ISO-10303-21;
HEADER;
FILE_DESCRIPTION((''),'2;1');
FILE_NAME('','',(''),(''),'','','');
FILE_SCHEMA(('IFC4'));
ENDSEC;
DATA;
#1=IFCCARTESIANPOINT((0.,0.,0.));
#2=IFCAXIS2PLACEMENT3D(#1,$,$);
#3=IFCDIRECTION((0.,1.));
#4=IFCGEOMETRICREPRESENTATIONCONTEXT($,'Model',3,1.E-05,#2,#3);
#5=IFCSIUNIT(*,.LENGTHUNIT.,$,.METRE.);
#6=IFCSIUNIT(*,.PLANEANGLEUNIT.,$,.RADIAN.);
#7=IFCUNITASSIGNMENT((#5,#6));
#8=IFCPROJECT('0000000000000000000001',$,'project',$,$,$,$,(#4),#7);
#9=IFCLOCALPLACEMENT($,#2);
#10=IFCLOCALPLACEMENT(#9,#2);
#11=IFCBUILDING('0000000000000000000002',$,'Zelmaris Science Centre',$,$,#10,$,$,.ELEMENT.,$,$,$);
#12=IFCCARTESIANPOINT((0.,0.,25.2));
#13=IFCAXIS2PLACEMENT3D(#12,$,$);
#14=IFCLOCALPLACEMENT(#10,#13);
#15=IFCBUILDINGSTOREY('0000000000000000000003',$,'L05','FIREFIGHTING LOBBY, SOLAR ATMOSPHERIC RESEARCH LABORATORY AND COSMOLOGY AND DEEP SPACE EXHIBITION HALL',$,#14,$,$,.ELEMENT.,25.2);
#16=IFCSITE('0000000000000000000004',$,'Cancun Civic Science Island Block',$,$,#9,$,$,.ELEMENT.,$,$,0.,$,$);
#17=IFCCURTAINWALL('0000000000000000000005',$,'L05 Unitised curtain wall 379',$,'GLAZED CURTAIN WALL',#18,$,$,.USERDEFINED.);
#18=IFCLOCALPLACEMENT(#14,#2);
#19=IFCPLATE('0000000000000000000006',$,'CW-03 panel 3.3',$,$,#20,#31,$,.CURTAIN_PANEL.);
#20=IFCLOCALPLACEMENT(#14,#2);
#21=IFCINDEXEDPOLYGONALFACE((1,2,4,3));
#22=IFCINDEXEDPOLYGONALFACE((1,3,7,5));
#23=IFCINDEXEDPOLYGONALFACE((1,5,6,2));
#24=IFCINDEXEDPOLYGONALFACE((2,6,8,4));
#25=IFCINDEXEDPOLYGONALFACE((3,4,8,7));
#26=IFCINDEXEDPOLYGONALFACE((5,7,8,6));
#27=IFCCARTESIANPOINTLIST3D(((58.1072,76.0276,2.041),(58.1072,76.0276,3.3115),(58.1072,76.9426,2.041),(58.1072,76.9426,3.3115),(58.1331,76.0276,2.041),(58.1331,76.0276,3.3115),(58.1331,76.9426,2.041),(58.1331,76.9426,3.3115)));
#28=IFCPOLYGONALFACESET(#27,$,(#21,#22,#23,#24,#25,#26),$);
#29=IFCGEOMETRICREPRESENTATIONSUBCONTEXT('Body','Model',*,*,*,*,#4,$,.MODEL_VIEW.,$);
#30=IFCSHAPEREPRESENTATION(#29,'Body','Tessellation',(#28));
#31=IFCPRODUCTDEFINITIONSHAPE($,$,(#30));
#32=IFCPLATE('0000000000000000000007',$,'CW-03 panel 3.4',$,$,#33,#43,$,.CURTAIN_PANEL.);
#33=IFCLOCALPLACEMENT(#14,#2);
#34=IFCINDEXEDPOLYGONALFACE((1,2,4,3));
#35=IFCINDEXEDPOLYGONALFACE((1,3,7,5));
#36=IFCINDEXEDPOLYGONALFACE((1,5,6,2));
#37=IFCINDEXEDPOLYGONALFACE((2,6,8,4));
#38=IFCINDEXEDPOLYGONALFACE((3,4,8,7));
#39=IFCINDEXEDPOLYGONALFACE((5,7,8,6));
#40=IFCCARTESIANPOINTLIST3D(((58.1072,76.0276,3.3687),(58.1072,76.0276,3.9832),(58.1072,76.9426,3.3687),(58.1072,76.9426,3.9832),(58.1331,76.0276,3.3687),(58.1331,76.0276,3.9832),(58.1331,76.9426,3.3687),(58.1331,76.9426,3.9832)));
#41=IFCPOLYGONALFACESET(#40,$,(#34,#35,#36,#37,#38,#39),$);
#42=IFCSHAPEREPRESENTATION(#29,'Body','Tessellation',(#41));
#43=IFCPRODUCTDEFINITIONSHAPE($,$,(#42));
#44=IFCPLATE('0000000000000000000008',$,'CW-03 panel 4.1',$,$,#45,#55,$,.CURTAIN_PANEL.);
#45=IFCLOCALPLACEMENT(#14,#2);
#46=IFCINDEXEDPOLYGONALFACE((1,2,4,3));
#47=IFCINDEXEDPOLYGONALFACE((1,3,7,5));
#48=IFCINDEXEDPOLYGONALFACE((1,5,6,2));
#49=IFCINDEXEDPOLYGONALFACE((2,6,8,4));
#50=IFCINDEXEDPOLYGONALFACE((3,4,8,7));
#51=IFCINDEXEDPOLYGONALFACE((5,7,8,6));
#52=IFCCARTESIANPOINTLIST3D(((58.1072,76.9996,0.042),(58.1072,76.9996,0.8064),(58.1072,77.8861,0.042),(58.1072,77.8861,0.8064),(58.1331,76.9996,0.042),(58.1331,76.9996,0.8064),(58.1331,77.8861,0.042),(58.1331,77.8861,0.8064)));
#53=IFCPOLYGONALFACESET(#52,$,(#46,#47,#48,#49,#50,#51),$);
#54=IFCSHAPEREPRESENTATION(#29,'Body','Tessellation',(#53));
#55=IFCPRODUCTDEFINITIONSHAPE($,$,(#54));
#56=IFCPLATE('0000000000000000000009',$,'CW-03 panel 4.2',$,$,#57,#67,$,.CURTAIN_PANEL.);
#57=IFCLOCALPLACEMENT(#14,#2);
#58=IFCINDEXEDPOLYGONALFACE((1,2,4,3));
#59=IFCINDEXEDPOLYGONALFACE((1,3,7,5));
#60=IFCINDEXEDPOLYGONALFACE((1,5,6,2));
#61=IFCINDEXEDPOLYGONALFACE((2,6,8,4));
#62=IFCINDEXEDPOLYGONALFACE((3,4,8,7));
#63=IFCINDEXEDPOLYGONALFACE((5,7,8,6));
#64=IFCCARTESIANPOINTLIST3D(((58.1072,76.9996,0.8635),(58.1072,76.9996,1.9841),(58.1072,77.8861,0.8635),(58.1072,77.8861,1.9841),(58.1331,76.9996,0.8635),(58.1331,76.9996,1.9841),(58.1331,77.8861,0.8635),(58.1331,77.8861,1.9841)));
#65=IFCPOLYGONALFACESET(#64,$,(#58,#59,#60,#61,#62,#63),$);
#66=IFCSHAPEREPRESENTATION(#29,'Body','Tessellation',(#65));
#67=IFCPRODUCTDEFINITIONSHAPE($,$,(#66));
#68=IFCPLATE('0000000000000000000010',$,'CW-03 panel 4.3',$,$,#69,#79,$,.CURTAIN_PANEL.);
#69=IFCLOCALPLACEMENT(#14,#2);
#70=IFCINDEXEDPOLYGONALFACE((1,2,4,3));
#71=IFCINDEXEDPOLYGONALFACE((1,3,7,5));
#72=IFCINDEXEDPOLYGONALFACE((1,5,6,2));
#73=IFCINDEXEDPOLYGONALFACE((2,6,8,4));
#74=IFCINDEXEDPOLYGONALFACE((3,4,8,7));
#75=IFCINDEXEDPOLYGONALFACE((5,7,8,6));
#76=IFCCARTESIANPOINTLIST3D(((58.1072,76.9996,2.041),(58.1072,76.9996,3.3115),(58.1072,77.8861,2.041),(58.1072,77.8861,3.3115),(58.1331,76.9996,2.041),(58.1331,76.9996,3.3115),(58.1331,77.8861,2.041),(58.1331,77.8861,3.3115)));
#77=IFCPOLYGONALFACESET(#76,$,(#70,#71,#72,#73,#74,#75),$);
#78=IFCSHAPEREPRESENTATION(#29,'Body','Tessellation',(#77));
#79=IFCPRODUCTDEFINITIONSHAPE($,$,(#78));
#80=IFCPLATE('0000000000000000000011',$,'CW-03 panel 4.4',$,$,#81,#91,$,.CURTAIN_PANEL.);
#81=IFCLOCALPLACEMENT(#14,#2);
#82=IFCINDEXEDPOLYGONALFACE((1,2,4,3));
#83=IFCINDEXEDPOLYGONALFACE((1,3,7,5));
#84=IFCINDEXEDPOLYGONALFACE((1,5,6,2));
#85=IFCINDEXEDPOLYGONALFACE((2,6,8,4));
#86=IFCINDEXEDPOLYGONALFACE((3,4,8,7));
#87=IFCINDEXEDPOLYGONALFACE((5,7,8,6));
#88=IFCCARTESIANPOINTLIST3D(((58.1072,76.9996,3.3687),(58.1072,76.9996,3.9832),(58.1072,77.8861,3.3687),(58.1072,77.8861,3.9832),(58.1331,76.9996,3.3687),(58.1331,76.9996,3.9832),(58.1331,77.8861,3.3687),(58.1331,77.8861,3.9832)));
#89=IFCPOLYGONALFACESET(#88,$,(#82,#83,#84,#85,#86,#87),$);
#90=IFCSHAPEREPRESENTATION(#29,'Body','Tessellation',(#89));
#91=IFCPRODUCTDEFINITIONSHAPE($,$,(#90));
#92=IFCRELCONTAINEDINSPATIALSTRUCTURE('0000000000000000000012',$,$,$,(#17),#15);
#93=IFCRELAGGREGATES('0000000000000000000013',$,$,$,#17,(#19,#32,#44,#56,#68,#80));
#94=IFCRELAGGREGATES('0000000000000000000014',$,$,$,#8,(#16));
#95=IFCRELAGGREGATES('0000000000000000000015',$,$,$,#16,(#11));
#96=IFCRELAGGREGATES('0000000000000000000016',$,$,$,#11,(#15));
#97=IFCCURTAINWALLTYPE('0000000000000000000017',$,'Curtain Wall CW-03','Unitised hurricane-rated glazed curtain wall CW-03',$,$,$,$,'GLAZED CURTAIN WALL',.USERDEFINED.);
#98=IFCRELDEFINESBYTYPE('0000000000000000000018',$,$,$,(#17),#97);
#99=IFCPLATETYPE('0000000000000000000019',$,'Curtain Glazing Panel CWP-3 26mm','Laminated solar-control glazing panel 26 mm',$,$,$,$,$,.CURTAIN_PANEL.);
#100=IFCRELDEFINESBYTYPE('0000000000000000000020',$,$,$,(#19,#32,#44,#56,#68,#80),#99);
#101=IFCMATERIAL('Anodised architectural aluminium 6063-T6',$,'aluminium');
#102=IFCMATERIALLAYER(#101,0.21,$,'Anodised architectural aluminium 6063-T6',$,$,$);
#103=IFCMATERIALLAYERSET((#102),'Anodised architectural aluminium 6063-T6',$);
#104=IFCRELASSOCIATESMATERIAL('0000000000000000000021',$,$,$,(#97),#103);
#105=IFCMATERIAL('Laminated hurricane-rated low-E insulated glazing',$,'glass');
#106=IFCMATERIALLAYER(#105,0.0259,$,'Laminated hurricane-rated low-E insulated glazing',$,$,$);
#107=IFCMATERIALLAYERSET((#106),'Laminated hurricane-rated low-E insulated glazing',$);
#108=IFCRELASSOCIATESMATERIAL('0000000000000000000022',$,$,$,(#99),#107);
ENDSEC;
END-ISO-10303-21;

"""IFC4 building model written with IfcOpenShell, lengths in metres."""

from ifc_helpers import new_model, si_unit, direction, frame, origin, origin_2d, place, context, subcontext, project, spatial, rectangle, extrude, material, layer, layer_set, type_object, element, aggregate, save


model = new_model("IFC4")

# Units and contexts
model_context = context("Model", 3, precision=1e-05, world=origin(), true_north=direction((0.0, 1.0)))
body_context = subcontext(model_context, "Body", "Model", "MODEL_VIEW")
ifc_project = project(units=[si_unit("LENGTHUNIT", "METRE"), si_unit("PLANEANGLEUNIT", "RADIAN")], contexts=[model_context])

# Site, building, storey
site_placement = place(None, origin())
site = spatial("IfcSite", under=ifc_project, at=site_placement, Name="Cancun Civic Science Island Block", CompositionType="ELEMENT", RefElevation=0.0)
building_placement = place(site_placement, origin())
building = spatial("IfcBuilding", under=site, at=building_placement, Name="Zelmaris Science Centre", CompositionType="ELEMENT")
storey_placement = place(building_placement, frame((0.0, 0.0, 25.2)))
storey = spatial("IfcBuildingStorey", under=building, at=storey_placement, Name="L05", Description="FIREFIGHTING LOBBY, SOLAR ATMOSPHERIC RESEARCH LABORATORY AND COSMOLOGY AND DEEP SPACE EXHIBITION HALL", CompositionType="ELEMENT", Elevation=25.2)

# Curtain wall
ifc_material_1 = material(Name="Anodised architectural aluminium 6063-T6", Category="aluminium")
ifc_layer_1 = layer(ifc_material_1, 0.21, Name="Anodised architectural aluminium 6063-T6")
ifc_layer_set_1 = layer_set([ifc_layer_1], Name="Anodised architectural aluminium 6063-T6")
curtain_wall_type_1 = type_object("IfcCurtainWallType", Name="Curtain Wall CW-03", Description="Unitised hurricane-rated glazed curtain wall CW-03", ElementType="GLAZED CURTAIN WALL", PredefinedType="USERDEFINED", material=ifc_layer_set_1)
curtain_wall_1_placement = place(storey_placement, origin())
curtain_wall_1 = element("IfcCurtainWall", 1, at=curtain_wall_1_placement, inside=storey, type_object=curtain_wall_type_1, Name="L05 Unitised curtain wall 379", ObjectType="GLAZED CURTAIN WALL", PredefinedType="USERDEFINED")

# Plates
ifc_material_2 = material(Name="Laminated hurricane-rated low-E insulated glazing", Category="glass")
ifc_layer_2 = layer(ifc_material_2, 0.0259, Name="Laminated hurricane-rated low-E insulated glazing")
ifc_layer_set_2 = layer_set([ifc_layer_2], Name="Laminated hurricane-rated low-E insulated glazing")
plate_type_1 = type_object("IfcPlateType", Name="Curtain Glazing Panel CWP-3 26mm", Description="Laminated solar-control glazing panel 26 mm", PredefinedType="CURTAIN_PANEL", material=ifc_layer_set_2)
plate_1_placement = place(storey_placement, frame((58.1201, 76.4851, 2.041), z_axis=(0.0, 0.0, 1.0), x_axis=(0.0, 1.0, 0.0)))
plate_1 = element("IfcPlate", 2, at=plate_1_placement, type_object=plate_type_1, Name="CW-03 panel 3.3", PredefinedType="CURTAIN_PANEL", context=body_context, shape_type="SweptSolid", body=[
    extrude(rectangle(XDim=0.915, YDim=0.0259, at=origin_2d()), origin(), (0.0, 0.0, 1.0), 1.2705),
])
plate_2_placement = place(storey_placement, frame((58.1201, 76.4851, 3.3687), z_axis=(0.0, 0.0, 1.0), x_axis=(0.0, 1.0, 0.0)))
plate_2 = element("IfcPlate", 3, at=plate_2_placement, type_object=plate_type_1, Name="CW-03 panel 3.4", PredefinedType="CURTAIN_PANEL", context=body_context, shape_type="SweptSolid", body=[
    extrude(rectangle(XDim=0.915, YDim=0.0259, at=origin_2d()), origin(), (0.0, 0.0, 1.0), 0.6145),
])
plate_3_placement = place(storey_placement, frame((58.1201, 77.4429, 0.042), z_axis=(0.0, 0.0, 1.0), x_axis=(0.0, 1.0, 0.0)))
plate_3 = element("IfcPlate", 4, at=plate_3_placement, type_object=plate_type_1, Name="CW-03 panel 4.1", PredefinedType="CURTAIN_PANEL", context=body_context, shape_type="SweptSolid", body=[
    extrude(rectangle(XDim=0.8865, YDim=0.0259, at=origin_2d()), origin(), (0.0, 0.0, 1.0), 0.7644),
])
plate_4_placement = place(storey_placement, frame((58.1201, 77.4429, 0.8635), z_axis=(0.0, 0.0, 1.0), x_axis=(0.0, 1.0, 0.0)))
plate_4 = element("IfcPlate", 5, at=plate_4_placement, type_object=plate_type_1, Name="CW-03 panel 4.2", PredefinedType="CURTAIN_PANEL", context=body_context, shape_type="SweptSolid", body=[
    extrude(rectangle(XDim=0.8865, YDim=0.0259, at=origin_2d()), origin(), (0.0, 0.0, 1.0), 1.1206),
])
plate_5_placement = place(storey_placement, frame((58.1201, 77.4429, 2.041), z_axis=(0.0, 0.0, 1.0), x_axis=(0.0, 1.0, 0.0)))
plate_5 = element("IfcPlate", 6, at=plate_5_placement, type_object=plate_type_1, Name="CW-03 panel 4.3", PredefinedType="CURTAIN_PANEL", context=body_context, shape_type="SweptSolid", body=[
    extrude(rectangle(XDim=0.8865, YDim=0.0259, at=origin_2d()), origin(), (0.0, 0.0, 1.0), 1.2705),
])
plate_6_placement = place(storey_placement, frame((58.1201, 77.4429, 3.3687), z_axis=(0.0, 0.0, 1.0), x_axis=(0.0, 1.0, 0.0)))
plate_6 = element("IfcPlate", 7, at=plate_6_placement, type_object=plate_type_1, Name="CW-03 panel 4.4", PredefinedType="CURTAIN_PANEL", context=body_context, shape_type="SweptSolid", body=[
    extrude(rectangle(XDim=0.8865, YDim=0.0259, at=origin_2d()), origin(), (0.0, 0.0, 1.0), 0.6145),
])
aggregate(curtain_wall_1, [plate_1, plate_2, plate_3, plate_4, plate_5, plate_6])

save(model, "model.ifc")
